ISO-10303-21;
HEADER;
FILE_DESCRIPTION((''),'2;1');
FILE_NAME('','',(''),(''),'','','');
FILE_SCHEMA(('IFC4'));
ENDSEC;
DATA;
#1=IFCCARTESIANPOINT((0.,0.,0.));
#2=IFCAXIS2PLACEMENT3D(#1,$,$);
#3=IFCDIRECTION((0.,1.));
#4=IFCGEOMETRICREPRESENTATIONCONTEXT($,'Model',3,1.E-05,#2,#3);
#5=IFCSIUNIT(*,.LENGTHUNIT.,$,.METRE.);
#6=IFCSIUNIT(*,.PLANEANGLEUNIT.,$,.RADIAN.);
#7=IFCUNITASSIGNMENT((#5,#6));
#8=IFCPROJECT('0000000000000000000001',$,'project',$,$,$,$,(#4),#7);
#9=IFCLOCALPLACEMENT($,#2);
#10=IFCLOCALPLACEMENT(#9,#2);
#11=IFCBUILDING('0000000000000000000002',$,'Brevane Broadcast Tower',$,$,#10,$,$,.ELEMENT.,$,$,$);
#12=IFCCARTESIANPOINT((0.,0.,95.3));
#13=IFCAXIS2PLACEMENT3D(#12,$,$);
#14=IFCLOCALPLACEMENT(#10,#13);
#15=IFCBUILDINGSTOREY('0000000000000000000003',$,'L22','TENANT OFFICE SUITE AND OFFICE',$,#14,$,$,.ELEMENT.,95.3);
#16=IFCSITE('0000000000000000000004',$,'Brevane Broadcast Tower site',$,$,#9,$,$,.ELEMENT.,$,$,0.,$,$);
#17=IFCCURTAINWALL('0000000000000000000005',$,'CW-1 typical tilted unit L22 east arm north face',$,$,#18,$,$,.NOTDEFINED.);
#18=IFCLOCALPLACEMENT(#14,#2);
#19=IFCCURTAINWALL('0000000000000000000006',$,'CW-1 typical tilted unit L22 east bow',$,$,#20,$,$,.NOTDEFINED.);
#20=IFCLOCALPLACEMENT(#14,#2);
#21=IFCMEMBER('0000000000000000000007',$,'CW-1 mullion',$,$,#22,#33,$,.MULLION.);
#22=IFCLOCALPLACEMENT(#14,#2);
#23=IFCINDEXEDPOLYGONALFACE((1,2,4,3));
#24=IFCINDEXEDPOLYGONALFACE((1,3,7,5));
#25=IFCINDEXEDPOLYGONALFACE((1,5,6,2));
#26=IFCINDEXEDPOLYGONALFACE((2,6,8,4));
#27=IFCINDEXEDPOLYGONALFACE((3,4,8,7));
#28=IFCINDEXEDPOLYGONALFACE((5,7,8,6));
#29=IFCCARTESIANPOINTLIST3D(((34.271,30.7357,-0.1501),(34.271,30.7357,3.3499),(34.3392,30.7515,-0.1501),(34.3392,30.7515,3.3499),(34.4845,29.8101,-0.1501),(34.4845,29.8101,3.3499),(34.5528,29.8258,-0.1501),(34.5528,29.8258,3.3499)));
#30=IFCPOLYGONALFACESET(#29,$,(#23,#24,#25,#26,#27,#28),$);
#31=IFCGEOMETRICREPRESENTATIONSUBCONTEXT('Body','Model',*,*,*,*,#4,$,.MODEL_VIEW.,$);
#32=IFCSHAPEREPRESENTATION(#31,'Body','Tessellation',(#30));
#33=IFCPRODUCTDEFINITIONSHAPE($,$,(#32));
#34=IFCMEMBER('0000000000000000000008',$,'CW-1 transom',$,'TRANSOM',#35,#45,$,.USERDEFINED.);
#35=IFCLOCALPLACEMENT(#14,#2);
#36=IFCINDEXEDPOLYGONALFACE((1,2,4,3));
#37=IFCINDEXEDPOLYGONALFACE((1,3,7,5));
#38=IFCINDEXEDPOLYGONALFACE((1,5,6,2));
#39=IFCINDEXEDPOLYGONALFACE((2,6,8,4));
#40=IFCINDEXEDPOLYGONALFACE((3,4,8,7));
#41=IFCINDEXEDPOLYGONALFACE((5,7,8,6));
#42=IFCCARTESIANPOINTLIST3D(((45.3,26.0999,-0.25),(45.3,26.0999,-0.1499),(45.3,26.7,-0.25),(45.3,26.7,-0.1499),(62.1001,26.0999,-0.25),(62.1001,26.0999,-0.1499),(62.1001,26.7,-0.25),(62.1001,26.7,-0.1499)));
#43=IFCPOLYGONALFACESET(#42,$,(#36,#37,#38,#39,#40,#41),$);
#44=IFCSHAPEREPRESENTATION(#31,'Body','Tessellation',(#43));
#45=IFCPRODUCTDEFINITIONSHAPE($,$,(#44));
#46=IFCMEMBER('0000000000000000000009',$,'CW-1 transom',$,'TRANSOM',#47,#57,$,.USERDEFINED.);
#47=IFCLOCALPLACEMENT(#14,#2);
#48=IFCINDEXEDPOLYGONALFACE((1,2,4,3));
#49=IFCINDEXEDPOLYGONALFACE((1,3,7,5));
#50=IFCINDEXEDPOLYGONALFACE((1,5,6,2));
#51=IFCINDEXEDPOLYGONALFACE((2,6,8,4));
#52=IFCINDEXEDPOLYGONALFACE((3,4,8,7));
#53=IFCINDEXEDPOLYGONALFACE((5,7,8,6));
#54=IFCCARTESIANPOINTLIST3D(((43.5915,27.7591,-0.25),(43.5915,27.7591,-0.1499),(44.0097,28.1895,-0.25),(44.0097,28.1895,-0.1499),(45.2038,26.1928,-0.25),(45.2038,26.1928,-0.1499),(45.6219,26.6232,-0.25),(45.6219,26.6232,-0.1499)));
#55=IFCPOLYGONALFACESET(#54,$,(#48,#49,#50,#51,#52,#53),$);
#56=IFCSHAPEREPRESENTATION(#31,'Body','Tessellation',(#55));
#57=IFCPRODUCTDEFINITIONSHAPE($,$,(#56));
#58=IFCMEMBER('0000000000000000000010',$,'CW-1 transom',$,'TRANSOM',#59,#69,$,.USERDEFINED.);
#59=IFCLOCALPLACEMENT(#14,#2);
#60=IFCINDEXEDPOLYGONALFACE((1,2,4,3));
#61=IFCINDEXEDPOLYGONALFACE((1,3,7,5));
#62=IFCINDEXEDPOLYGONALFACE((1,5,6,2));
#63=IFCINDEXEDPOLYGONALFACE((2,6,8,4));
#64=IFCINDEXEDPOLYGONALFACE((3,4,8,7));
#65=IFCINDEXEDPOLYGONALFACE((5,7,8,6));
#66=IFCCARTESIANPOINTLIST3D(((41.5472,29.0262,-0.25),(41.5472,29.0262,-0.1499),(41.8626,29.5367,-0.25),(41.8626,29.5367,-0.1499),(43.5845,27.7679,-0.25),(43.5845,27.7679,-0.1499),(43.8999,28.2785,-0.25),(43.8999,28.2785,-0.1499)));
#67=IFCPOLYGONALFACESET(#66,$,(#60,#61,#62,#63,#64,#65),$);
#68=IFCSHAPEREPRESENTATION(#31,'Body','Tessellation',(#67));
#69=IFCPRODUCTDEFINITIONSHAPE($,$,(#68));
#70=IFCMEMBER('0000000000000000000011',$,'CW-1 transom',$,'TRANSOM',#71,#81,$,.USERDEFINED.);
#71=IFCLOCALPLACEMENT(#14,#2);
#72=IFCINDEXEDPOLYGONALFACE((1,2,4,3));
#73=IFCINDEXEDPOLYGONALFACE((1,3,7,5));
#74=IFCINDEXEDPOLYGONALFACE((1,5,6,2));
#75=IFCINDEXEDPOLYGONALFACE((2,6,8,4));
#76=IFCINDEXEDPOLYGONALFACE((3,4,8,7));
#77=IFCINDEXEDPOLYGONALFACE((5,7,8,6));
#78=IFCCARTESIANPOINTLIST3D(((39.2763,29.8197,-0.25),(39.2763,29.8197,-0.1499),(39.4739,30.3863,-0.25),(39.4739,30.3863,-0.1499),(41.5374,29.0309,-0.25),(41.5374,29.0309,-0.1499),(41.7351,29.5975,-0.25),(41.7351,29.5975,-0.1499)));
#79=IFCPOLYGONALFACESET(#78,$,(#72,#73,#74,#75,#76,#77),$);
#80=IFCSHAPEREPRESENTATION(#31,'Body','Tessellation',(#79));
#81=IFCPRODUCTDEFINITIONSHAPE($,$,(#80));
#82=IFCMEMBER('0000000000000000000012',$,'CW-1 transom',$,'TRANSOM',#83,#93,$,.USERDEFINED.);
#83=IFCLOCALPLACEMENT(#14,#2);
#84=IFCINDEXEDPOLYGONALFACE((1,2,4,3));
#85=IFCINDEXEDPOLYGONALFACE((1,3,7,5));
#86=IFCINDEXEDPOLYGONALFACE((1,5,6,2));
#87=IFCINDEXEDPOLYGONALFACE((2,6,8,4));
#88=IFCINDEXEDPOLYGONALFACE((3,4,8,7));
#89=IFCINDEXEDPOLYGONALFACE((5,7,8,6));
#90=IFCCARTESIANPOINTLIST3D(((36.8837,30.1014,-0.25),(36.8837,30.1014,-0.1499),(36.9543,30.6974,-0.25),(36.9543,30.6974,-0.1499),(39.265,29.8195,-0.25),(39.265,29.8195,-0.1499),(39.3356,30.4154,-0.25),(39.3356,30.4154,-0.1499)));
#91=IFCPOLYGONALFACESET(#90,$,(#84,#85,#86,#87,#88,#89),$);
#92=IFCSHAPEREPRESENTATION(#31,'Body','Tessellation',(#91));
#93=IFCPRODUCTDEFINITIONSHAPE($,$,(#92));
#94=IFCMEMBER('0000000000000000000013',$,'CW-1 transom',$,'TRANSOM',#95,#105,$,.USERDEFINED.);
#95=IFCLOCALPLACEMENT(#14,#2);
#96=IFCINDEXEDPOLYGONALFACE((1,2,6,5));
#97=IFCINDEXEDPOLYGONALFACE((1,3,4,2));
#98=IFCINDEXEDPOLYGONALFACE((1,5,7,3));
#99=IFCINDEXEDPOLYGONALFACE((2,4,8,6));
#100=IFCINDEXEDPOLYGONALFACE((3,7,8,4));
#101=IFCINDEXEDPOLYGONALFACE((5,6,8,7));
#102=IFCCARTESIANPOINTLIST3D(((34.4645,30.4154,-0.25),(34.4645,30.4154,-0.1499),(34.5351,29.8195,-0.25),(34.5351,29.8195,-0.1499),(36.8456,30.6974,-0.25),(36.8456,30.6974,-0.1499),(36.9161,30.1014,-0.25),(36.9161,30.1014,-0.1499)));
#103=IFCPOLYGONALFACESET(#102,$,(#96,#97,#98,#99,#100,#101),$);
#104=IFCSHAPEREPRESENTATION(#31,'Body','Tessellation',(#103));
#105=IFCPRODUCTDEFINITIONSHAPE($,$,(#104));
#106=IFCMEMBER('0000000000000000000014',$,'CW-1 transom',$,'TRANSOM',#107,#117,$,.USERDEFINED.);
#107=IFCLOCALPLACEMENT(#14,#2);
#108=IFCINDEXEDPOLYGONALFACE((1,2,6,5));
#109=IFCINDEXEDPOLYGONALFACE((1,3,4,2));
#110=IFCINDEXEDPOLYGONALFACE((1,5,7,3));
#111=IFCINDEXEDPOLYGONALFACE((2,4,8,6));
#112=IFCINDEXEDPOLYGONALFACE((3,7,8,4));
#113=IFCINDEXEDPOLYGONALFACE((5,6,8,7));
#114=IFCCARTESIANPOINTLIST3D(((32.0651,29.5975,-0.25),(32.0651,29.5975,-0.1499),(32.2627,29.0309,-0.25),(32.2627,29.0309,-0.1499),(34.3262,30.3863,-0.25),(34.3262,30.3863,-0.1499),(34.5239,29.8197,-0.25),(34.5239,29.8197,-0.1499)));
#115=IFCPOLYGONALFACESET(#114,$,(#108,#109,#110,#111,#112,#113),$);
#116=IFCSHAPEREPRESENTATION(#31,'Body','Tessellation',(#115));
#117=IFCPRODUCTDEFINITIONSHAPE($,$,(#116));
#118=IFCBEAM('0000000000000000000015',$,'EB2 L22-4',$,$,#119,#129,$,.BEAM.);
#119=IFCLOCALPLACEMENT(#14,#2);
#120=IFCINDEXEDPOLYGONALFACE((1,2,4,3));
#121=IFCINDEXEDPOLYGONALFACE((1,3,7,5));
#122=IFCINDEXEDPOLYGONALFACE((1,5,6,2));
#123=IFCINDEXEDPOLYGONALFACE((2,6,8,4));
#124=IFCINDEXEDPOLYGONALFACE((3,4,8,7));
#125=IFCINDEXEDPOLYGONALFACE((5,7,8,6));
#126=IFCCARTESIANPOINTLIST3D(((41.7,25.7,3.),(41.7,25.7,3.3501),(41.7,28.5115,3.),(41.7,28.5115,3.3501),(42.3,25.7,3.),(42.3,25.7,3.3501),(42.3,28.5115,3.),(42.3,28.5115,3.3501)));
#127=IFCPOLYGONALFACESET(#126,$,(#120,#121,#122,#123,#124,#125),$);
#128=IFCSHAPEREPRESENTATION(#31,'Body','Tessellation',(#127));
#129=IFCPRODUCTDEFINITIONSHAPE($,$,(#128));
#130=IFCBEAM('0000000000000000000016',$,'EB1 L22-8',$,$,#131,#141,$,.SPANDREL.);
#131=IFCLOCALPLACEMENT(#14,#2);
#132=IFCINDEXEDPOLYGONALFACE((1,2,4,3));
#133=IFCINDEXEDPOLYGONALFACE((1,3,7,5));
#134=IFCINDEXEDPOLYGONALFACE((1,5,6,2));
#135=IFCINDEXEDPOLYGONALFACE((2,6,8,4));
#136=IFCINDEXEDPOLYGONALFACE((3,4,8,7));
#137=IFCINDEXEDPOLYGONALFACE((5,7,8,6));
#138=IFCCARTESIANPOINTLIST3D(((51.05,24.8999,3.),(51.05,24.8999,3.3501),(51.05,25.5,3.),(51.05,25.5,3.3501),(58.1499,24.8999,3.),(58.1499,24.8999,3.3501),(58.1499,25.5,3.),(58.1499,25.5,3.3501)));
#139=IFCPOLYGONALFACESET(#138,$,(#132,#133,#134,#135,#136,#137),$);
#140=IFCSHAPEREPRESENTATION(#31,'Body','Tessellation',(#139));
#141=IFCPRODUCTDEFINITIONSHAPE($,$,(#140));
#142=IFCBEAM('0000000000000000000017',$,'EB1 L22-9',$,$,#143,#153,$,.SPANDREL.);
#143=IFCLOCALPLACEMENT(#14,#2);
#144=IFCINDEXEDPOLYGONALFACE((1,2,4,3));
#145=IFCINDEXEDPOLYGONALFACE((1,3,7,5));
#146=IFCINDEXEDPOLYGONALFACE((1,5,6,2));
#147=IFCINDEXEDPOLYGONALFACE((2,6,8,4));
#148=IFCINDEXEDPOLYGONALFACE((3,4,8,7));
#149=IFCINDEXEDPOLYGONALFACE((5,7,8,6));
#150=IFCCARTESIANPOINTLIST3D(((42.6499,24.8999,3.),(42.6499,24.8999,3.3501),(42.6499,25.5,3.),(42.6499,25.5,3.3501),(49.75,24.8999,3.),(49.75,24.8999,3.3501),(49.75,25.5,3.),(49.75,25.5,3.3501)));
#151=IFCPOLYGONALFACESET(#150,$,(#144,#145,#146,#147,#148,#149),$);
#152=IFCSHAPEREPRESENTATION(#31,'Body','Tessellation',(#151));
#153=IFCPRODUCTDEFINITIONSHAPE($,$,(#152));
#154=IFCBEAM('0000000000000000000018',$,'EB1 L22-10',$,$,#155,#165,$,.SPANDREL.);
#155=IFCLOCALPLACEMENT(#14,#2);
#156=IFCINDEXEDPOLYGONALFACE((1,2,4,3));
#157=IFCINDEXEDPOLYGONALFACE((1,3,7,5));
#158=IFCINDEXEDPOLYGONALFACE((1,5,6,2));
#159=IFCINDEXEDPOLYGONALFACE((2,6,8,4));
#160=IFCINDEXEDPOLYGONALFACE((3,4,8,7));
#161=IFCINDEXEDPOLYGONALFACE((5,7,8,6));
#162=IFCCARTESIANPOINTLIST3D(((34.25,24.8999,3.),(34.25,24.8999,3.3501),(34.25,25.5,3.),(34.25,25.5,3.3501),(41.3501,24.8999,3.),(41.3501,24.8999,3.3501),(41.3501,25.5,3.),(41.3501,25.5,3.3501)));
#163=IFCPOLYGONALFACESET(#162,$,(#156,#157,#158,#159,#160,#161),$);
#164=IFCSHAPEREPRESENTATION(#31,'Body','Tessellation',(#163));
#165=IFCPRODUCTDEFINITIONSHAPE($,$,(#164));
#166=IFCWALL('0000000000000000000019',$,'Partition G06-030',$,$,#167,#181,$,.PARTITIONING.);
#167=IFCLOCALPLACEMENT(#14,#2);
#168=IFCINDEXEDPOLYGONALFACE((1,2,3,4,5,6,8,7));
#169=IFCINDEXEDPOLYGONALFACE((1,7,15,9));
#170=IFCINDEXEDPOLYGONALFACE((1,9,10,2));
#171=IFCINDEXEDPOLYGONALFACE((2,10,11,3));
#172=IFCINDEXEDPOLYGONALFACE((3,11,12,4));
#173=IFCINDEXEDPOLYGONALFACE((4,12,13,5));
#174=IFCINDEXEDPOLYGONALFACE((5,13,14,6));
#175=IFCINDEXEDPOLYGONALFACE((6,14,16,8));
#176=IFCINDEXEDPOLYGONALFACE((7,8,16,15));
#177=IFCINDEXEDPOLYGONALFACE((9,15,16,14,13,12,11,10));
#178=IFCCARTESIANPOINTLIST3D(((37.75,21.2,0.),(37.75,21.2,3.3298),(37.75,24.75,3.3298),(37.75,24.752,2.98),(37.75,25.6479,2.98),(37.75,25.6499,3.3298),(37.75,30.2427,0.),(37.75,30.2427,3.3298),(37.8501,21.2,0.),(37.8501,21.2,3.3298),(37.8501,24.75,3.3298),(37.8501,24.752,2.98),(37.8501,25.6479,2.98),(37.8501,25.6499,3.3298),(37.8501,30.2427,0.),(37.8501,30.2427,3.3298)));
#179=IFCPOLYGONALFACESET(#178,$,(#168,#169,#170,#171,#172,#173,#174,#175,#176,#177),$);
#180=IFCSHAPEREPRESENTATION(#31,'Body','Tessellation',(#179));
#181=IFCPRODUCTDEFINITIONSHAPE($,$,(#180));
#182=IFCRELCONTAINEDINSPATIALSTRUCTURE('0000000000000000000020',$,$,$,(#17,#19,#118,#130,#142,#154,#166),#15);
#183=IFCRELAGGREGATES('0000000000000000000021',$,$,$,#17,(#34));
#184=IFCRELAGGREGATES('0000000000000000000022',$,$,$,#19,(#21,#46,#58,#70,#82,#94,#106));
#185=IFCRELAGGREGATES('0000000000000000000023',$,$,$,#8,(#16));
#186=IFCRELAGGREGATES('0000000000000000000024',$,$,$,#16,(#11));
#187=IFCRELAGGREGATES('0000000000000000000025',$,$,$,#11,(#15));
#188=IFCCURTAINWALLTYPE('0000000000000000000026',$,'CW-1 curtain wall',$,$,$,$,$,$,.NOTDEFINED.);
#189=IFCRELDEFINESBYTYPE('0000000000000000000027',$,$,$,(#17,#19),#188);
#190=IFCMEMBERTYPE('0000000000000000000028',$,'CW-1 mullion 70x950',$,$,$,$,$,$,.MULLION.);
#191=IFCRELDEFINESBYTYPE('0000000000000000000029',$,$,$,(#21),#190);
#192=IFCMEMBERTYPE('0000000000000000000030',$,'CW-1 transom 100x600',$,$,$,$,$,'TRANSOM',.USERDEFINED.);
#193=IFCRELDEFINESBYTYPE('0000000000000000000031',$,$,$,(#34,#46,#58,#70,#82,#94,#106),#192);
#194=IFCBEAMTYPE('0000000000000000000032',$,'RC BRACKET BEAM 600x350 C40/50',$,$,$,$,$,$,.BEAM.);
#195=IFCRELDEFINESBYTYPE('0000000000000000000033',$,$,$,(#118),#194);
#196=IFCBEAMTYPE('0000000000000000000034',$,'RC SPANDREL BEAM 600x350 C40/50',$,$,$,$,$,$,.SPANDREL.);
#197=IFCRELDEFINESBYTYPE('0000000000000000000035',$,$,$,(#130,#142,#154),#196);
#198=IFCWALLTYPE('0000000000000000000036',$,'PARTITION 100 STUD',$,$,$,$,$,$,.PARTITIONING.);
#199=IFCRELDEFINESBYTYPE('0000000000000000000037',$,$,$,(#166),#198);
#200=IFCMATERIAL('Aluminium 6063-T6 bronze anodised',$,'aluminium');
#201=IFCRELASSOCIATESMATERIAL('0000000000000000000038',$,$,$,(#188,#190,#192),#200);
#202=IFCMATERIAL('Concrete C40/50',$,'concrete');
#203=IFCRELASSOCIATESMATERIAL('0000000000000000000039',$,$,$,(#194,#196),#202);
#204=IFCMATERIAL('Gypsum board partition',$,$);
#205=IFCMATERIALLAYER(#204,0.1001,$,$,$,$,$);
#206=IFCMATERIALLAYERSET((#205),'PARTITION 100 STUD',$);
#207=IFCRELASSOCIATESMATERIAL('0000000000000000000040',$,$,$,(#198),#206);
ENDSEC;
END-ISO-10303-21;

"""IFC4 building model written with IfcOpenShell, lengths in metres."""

from ifc_helpers import new_model, si_unit, direction, frame, origin, origin_2d, place, context, subcontext, project, spatial, polyline, rectangle, outline, extrude, material, layer, layer_set, material_profile, profile_set, type_object, element, aggregate, save


model = new_model("IFC4")

# Units and contexts
model_context = context("Model", 3, precision=1e-05, world=origin(), true_north=direction((0.0, 1.0)))
body_context = subcontext(model_context, "Body", "Model", "MODEL_VIEW")
ifc_project = project(units=[si_unit("LENGTHUNIT", "METRE"), si_unit("PLANEANGLEUNIT", "RADIAN")], contexts=[model_context])

# Site, building, storey
site_placement = place(None, origin())
site = spatial("IfcSite", under=ifc_project, at=site_placement, Name="Brevane Broadcast Tower site", CompositionType="ELEMENT", RefElevation=0.0)
building_placement = place(site_placement, origin())
building = spatial("IfcBuilding", under=site, at=building_placement, Name="Brevane Broadcast Tower", CompositionType="ELEMENT")
storey_placement = place(building_placement, frame((0.0, 0.0, 95.3)))
storey = spatial("IfcBuildingStorey", under=building, at=storey_placement, Name="L22", Description="TENANT OFFICE SUITE AND OFFICE", CompositionType="ELEMENT", Elevation=95.3)

# Curtain walls, member
ifc_material_1 = material(Name="Aluminium 6063-T6 bronze anodised", Category="aluminium")
curtain_wall_type = type_object("IfcCurtainWallType", Name="CW-1 curtain wall", PredefinedType="NOTDEFINED", material=ifc_material_1)
ifc_material_profile_1 = material_profile(ifc_material_1, rectangle(XDim=0.95, YDim=0.0701, at=origin_2d()), Name="RECT 70x950")
ifc_profile_set_1 = profile_set([ifc_material_profile_1], Name="Aluminium 6063-T6 bronze anodised")
member_type_1 = type_object("IfcMemberType", Name="CW-1 mullion 70x950", PredefinedType="MULLION", material=ifc_profile_set_1)
curtain_wall_1_placement = place(storey_placement, origin())
curtain_wall_1 = element("IfcCurtainWall", 1, at=curtain_wall_1_placement, inside=storey, type_object=curtain_wall_type, Name="CW-1 typical tilted unit L22 east arm north face", PredefinedType="NOTDEFINED")
curtain_wall_2_placement = place(storey_placement, origin())
curtain_wall_2 = element("IfcCurtainWall", 2, at=curtain_wall_2_placement, inside=storey, type_object=curtain_wall_type, Name="CW-1 typical tilted unit L22 east bow", PredefinedType="NOTDEFINED")
member_1_placement = place(storey_placement, frame((34.4119, 30.2808, -0.1501), z_axis=(0.0, 0.0, 1.0), x_axis=(0.224806, -0.974403, 0.0)))
member_1 = element("IfcMember", 3, at=member_1_placement, type_object=member_type_1, Name="CW-1 mullion", PredefinedType="MULLION", context=body_context, shape_type="SweptSolid", body=[
    extrude(rectangle(XDim=0.95, YDim=0.0701, at=origin_2d()), origin(), (0.0, 0.0, 1.0), 3.5),
])

# Members
ifc_material_profile_2 = material_profile(ifc_material_1, rectangle(XDim=0.6001, YDim=0.1001, at=origin_2d()), Name="RECT 100x600")
ifc_profile_set_2 = profile_set([ifc_material_profile_2], Name="Aluminium 6063-T6 bronze anodised")
member_type_2 = type_object("IfcMemberType", Name="CW-1 transom 100x600", ElementType="TRANSOM", PredefinedType="USERDEFINED", material=ifc_profile_set_2)
member_2_placement = place(storey_placement, frame((62.1001, 26.3999, -0.2), z_axis=(-1.0, 0.0, 0.0), x_axis=(0.0, -1.0, 0.0)))
member_2 = element("IfcMember", 4, at=member_2_placement, type_object=member_type_2, Name="CW-1 transom", ObjectType="TRANSOM", PredefinedType="USERDEFINED", context=body_context, shape_type="SweptSolid", body=[
    extrude(rectangle(XDim=0.6001, YDim=0.1001, at=origin_2d()), origin(), (0.0, 0.0, 1.0), 16.8),
])
aggregate(curtain_wall_1, [member_2])
member_3_placement = place(storey_placement, frame((45.4128, 26.408, -0.2), z_axis=(-0.717242, 0.696824, 0.0), x_axis=(-0.696824, -0.717242, 0.0)))
member_3 = element("IfcMember", 5, at=member_3_placement, type_object=member_type_2, Name="CW-1 transom", ObjectType="TRANSOM", PredefinedType="USERDEFINED", context=body_context, shape_type="SweptSolid", body=[
    extrude(rectangle(XDim=0.6001, YDim=0.1001, at=origin_2d()), origin(), (0.0, 0.0, 1.0), 2.2478),
])
member_4_placement = place(storey_placement, frame((43.7422, 28.0232, -0.2), z_axis=(-0.85081, 0.525473, 0.0), x_axis=(-0.525473, -0.85081, 0.0)))
member_4 = element("IfcMember", 6, at=member_4_placement, type_object=member_type_2, Name="CW-1 transom", ObjectType="TRANSOM", PredefinedType="USERDEFINED", context=body_context, shape_type="SweptSolid", body=[
    extrude(rectangle(XDim=0.6001, YDim=0.1001, at=origin_2d()), origin(), (0.0, 0.0, 1.0), 2.3945),
])
member_5_placement = place(storey_placement, frame((41.6362, 29.3142, -0.2), z_axis=(-0.944198, 0.329378, 0.0), x_axis=(-0.329378, -0.944198, 0.0)))
member_5 = element("IfcMember", 7, at=member_5_placement, type_object=member_type_2, Name="CW-1 transom", ObjectType="TRANSOM", PredefinedType="USERDEFINED", context=body_context, shape_type="SweptSolid", body=[
    extrude(rectangle(XDim=0.6001, YDim=0.1001, at=origin_2d()), origin(), (0.0, 0.0, 1.0), 2.3948),
])
member_6_placement = place(storey_placement, frame((39.3003, 30.1174, -0.2), z_axis=(-0.993062, 0.117591, 0.0), x_axis=(-0.117591, -0.993062, 0.0)))
member_6 = element("IfcMember", 8, at=member_6_placement, type_object=member_type_2, Name="CW-1 transom", ObjectType="TRANSOM", PredefinedType="USERDEFINED", context=body_context, shape_type="SweptSolid", body=[
    extrude(rectangle(XDim=0.6001, YDim=0.1001, at=origin_2d()), origin(), (0.0, 0.0, 1.0), 2.3979),
])
member_7_placement = place(storey_placement, frame((36.8809, 30.3994, -0.2), z_axis=(-0.993061, -0.117603, 0.0), x_axis=(0.117603, -0.993061, 0.0)))
member_7 = element("IfcMember", 9, at=member_7_placement, type_object=member_type_2, Name="CW-1 transom", ObjectType="TRANSOM", PredefinedType="USERDEFINED", context=body_context, shape_type="SweptSolid", body=[
    extrude(rectangle(XDim=0.6001, YDim=0.1001, at=origin_2d()), origin(), (0.0, 0.0, 1.0), 2.3977),
])
member_8_placement = place(storey_placement, frame((34.425, 30.103, -0.2), z_axis=(-0.944198, -0.329378, 0.0), x_axis=(0.329378, -0.944198, 0.0)))
member_8 = element("IfcMember", 10, at=member_8_placement, type_object=member_type_2, Name="CW-1 transom", ObjectType="TRANSOM", PredefinedType="USERDEFINED", context=body_context, shape_type="SweptSolid", body=[
    extrude(rectangle(XDim=0.6001, YDim=0.1001, at=origin_2d()), origin(), (0.0, 0.0, 1.0), 2.3948),
])
aggregate(curtain_wall_2, [member_1, member_3, member_4, member_5, member_6, member_7, member_8])

# Beams
ifc_material_2 = material(Name="Concrete C40/50", Category="concrete")
ifc_material_profile_3 = material_profile(ifc_material_2, rectangle(XDim=0.6001, YDim=0.3501, at=origin_2d()), Name="RC 600x350")
ifc_profile_set_3 = profile_set([ifc_material_profile_3], Name="Concrete C40/50")
beam_type_1 = type_object("IfcBeamType", Name="RC BRACKET BEAM 600x350 C40/50", PredefinedType="BEAM", material=ifc_profile_set_3)
beam_1_placement = place(storey_placement, frame((42.0, 25.7, 3.175), z_axis=(0.0, 1.0, 0.0), x_axis=(-1.0, 0.0, 0.0)))
element("IfcBeam", 11, at=beam_1_placement, inside=storey, type_object=beam_type_1, Name="EB2 L22-4", PredefinedType="BEAM", context=body_context, shape_type="SweptSolid", body=[
    extrude(rectangle(XDim=0.6001, YDim=0.3501, at=origin_2d()), origin(), (0.0, 0.0, 1.0), 2.8115),
])
ifc_material_profile_4 = material_profile(ifc_material_2, rectangle(XDim=0.6001, YDim=0.3501, at=origin_2d()), Name="RC 600x350")
ifc_profile_set_4 = profile_set([ifc_material_profile_4], Name="Concrete C40/50")
beam_type_2 = type_object("IfcBeamType", Name="RC SPANDREL BEAM 600x350 C40/50", PredefinedType="SPANDREL", material=ifc_profile_set_4)
beam_2_placement = place(storey_placement, frame((58.1499, 25.2, 3.175), z_axis=(-1.0, 0.0, 0.0), x_axis=(0.0, -1.0, 0.0)))
element("IfcBeam", 12, at=beam_2_placement, inside=storey, type_object=beam_type_2, Name="EB1 L22-8", PredefinedType="SPANDREL", context=body_context, shape_type="SweptSolid", body=[
    extrude(rectangle(XDim=0.6001, YDim=0.3501, at=origin_2d()), origin(), (0.0, 0.0, 1.0), 7.0999),
])
for number, where, z_axis, x_axis, name in (
    (13, (49.75, 25.2, 3.175), (-1.0, 0.0, 0.0), (0.0, -1.0, 0.0), "EB1 L22-9"),
    (14, (41.3501, 25.2, 3.175), (-1.0, 0.0, 0.0), (0.0, -1.0, 0.0), "EB1 L22-10"),
):
    element("IfcBeam", number, at=place(storey_placement, frame(where, z_axis=z_axis, x_axis=x_axis)), inside=storey, type_object=beam_type_2, Name=name, PredefinedType="SPANDREL", context=body_context, shape_type="SweptSolid", body=[
        extrude(rectangle(XDim=0.6001, YDim=0.3501, at=origin_2d()), origin(), (0.0, 0.0, 1.0), 7.1001),
    ])

# Wall
ifc_material_3 = material(Name="Gypsum board partition")
ifc_layer = layer(ifc_material_3, 0.1001)
ifc_layer_set = layer_set([ifc_layer], Name="PARTITION 100 STUD")
wall_type = type_object("IfcWallType", Name="PARTITION 100 STUD", PredefinedType="PARTITIONING", material=ifc_layer_set)
wall_placement = place(storey_placement, frame((37.8, 30.2427, 0.0), z_axis=(0.0, 0.0, 1.0), x_axis=(0.0, -1.0, 0.0)))
element("IfcWall", 15, at=wall_placement, inside=storey, type_object=wall_type, Name="Partition G06-030", PredefinedType="PARTITIONING", context=body_context, shape_type="SweptSolid", body=[
    extrude(outline(polyline([(0.0, 0.0), (9.0427, 0.0), (9.0427, 3.3298), (5.4927, 3.3298), (5.4907, 2.98), (4.5947, 2.98), (4.5928, 3.3298), (0.0, 3.3298), (0.0, 0.0)])), frame((0.0, 0.05, 0.0), z_axis=(0.0, -1.0, 0.0), x_axis=(1.0, 0.0, 0.0)), (0.0, 0.0, 1.0), 0.1001),
])

save(model, "model.ifc")
